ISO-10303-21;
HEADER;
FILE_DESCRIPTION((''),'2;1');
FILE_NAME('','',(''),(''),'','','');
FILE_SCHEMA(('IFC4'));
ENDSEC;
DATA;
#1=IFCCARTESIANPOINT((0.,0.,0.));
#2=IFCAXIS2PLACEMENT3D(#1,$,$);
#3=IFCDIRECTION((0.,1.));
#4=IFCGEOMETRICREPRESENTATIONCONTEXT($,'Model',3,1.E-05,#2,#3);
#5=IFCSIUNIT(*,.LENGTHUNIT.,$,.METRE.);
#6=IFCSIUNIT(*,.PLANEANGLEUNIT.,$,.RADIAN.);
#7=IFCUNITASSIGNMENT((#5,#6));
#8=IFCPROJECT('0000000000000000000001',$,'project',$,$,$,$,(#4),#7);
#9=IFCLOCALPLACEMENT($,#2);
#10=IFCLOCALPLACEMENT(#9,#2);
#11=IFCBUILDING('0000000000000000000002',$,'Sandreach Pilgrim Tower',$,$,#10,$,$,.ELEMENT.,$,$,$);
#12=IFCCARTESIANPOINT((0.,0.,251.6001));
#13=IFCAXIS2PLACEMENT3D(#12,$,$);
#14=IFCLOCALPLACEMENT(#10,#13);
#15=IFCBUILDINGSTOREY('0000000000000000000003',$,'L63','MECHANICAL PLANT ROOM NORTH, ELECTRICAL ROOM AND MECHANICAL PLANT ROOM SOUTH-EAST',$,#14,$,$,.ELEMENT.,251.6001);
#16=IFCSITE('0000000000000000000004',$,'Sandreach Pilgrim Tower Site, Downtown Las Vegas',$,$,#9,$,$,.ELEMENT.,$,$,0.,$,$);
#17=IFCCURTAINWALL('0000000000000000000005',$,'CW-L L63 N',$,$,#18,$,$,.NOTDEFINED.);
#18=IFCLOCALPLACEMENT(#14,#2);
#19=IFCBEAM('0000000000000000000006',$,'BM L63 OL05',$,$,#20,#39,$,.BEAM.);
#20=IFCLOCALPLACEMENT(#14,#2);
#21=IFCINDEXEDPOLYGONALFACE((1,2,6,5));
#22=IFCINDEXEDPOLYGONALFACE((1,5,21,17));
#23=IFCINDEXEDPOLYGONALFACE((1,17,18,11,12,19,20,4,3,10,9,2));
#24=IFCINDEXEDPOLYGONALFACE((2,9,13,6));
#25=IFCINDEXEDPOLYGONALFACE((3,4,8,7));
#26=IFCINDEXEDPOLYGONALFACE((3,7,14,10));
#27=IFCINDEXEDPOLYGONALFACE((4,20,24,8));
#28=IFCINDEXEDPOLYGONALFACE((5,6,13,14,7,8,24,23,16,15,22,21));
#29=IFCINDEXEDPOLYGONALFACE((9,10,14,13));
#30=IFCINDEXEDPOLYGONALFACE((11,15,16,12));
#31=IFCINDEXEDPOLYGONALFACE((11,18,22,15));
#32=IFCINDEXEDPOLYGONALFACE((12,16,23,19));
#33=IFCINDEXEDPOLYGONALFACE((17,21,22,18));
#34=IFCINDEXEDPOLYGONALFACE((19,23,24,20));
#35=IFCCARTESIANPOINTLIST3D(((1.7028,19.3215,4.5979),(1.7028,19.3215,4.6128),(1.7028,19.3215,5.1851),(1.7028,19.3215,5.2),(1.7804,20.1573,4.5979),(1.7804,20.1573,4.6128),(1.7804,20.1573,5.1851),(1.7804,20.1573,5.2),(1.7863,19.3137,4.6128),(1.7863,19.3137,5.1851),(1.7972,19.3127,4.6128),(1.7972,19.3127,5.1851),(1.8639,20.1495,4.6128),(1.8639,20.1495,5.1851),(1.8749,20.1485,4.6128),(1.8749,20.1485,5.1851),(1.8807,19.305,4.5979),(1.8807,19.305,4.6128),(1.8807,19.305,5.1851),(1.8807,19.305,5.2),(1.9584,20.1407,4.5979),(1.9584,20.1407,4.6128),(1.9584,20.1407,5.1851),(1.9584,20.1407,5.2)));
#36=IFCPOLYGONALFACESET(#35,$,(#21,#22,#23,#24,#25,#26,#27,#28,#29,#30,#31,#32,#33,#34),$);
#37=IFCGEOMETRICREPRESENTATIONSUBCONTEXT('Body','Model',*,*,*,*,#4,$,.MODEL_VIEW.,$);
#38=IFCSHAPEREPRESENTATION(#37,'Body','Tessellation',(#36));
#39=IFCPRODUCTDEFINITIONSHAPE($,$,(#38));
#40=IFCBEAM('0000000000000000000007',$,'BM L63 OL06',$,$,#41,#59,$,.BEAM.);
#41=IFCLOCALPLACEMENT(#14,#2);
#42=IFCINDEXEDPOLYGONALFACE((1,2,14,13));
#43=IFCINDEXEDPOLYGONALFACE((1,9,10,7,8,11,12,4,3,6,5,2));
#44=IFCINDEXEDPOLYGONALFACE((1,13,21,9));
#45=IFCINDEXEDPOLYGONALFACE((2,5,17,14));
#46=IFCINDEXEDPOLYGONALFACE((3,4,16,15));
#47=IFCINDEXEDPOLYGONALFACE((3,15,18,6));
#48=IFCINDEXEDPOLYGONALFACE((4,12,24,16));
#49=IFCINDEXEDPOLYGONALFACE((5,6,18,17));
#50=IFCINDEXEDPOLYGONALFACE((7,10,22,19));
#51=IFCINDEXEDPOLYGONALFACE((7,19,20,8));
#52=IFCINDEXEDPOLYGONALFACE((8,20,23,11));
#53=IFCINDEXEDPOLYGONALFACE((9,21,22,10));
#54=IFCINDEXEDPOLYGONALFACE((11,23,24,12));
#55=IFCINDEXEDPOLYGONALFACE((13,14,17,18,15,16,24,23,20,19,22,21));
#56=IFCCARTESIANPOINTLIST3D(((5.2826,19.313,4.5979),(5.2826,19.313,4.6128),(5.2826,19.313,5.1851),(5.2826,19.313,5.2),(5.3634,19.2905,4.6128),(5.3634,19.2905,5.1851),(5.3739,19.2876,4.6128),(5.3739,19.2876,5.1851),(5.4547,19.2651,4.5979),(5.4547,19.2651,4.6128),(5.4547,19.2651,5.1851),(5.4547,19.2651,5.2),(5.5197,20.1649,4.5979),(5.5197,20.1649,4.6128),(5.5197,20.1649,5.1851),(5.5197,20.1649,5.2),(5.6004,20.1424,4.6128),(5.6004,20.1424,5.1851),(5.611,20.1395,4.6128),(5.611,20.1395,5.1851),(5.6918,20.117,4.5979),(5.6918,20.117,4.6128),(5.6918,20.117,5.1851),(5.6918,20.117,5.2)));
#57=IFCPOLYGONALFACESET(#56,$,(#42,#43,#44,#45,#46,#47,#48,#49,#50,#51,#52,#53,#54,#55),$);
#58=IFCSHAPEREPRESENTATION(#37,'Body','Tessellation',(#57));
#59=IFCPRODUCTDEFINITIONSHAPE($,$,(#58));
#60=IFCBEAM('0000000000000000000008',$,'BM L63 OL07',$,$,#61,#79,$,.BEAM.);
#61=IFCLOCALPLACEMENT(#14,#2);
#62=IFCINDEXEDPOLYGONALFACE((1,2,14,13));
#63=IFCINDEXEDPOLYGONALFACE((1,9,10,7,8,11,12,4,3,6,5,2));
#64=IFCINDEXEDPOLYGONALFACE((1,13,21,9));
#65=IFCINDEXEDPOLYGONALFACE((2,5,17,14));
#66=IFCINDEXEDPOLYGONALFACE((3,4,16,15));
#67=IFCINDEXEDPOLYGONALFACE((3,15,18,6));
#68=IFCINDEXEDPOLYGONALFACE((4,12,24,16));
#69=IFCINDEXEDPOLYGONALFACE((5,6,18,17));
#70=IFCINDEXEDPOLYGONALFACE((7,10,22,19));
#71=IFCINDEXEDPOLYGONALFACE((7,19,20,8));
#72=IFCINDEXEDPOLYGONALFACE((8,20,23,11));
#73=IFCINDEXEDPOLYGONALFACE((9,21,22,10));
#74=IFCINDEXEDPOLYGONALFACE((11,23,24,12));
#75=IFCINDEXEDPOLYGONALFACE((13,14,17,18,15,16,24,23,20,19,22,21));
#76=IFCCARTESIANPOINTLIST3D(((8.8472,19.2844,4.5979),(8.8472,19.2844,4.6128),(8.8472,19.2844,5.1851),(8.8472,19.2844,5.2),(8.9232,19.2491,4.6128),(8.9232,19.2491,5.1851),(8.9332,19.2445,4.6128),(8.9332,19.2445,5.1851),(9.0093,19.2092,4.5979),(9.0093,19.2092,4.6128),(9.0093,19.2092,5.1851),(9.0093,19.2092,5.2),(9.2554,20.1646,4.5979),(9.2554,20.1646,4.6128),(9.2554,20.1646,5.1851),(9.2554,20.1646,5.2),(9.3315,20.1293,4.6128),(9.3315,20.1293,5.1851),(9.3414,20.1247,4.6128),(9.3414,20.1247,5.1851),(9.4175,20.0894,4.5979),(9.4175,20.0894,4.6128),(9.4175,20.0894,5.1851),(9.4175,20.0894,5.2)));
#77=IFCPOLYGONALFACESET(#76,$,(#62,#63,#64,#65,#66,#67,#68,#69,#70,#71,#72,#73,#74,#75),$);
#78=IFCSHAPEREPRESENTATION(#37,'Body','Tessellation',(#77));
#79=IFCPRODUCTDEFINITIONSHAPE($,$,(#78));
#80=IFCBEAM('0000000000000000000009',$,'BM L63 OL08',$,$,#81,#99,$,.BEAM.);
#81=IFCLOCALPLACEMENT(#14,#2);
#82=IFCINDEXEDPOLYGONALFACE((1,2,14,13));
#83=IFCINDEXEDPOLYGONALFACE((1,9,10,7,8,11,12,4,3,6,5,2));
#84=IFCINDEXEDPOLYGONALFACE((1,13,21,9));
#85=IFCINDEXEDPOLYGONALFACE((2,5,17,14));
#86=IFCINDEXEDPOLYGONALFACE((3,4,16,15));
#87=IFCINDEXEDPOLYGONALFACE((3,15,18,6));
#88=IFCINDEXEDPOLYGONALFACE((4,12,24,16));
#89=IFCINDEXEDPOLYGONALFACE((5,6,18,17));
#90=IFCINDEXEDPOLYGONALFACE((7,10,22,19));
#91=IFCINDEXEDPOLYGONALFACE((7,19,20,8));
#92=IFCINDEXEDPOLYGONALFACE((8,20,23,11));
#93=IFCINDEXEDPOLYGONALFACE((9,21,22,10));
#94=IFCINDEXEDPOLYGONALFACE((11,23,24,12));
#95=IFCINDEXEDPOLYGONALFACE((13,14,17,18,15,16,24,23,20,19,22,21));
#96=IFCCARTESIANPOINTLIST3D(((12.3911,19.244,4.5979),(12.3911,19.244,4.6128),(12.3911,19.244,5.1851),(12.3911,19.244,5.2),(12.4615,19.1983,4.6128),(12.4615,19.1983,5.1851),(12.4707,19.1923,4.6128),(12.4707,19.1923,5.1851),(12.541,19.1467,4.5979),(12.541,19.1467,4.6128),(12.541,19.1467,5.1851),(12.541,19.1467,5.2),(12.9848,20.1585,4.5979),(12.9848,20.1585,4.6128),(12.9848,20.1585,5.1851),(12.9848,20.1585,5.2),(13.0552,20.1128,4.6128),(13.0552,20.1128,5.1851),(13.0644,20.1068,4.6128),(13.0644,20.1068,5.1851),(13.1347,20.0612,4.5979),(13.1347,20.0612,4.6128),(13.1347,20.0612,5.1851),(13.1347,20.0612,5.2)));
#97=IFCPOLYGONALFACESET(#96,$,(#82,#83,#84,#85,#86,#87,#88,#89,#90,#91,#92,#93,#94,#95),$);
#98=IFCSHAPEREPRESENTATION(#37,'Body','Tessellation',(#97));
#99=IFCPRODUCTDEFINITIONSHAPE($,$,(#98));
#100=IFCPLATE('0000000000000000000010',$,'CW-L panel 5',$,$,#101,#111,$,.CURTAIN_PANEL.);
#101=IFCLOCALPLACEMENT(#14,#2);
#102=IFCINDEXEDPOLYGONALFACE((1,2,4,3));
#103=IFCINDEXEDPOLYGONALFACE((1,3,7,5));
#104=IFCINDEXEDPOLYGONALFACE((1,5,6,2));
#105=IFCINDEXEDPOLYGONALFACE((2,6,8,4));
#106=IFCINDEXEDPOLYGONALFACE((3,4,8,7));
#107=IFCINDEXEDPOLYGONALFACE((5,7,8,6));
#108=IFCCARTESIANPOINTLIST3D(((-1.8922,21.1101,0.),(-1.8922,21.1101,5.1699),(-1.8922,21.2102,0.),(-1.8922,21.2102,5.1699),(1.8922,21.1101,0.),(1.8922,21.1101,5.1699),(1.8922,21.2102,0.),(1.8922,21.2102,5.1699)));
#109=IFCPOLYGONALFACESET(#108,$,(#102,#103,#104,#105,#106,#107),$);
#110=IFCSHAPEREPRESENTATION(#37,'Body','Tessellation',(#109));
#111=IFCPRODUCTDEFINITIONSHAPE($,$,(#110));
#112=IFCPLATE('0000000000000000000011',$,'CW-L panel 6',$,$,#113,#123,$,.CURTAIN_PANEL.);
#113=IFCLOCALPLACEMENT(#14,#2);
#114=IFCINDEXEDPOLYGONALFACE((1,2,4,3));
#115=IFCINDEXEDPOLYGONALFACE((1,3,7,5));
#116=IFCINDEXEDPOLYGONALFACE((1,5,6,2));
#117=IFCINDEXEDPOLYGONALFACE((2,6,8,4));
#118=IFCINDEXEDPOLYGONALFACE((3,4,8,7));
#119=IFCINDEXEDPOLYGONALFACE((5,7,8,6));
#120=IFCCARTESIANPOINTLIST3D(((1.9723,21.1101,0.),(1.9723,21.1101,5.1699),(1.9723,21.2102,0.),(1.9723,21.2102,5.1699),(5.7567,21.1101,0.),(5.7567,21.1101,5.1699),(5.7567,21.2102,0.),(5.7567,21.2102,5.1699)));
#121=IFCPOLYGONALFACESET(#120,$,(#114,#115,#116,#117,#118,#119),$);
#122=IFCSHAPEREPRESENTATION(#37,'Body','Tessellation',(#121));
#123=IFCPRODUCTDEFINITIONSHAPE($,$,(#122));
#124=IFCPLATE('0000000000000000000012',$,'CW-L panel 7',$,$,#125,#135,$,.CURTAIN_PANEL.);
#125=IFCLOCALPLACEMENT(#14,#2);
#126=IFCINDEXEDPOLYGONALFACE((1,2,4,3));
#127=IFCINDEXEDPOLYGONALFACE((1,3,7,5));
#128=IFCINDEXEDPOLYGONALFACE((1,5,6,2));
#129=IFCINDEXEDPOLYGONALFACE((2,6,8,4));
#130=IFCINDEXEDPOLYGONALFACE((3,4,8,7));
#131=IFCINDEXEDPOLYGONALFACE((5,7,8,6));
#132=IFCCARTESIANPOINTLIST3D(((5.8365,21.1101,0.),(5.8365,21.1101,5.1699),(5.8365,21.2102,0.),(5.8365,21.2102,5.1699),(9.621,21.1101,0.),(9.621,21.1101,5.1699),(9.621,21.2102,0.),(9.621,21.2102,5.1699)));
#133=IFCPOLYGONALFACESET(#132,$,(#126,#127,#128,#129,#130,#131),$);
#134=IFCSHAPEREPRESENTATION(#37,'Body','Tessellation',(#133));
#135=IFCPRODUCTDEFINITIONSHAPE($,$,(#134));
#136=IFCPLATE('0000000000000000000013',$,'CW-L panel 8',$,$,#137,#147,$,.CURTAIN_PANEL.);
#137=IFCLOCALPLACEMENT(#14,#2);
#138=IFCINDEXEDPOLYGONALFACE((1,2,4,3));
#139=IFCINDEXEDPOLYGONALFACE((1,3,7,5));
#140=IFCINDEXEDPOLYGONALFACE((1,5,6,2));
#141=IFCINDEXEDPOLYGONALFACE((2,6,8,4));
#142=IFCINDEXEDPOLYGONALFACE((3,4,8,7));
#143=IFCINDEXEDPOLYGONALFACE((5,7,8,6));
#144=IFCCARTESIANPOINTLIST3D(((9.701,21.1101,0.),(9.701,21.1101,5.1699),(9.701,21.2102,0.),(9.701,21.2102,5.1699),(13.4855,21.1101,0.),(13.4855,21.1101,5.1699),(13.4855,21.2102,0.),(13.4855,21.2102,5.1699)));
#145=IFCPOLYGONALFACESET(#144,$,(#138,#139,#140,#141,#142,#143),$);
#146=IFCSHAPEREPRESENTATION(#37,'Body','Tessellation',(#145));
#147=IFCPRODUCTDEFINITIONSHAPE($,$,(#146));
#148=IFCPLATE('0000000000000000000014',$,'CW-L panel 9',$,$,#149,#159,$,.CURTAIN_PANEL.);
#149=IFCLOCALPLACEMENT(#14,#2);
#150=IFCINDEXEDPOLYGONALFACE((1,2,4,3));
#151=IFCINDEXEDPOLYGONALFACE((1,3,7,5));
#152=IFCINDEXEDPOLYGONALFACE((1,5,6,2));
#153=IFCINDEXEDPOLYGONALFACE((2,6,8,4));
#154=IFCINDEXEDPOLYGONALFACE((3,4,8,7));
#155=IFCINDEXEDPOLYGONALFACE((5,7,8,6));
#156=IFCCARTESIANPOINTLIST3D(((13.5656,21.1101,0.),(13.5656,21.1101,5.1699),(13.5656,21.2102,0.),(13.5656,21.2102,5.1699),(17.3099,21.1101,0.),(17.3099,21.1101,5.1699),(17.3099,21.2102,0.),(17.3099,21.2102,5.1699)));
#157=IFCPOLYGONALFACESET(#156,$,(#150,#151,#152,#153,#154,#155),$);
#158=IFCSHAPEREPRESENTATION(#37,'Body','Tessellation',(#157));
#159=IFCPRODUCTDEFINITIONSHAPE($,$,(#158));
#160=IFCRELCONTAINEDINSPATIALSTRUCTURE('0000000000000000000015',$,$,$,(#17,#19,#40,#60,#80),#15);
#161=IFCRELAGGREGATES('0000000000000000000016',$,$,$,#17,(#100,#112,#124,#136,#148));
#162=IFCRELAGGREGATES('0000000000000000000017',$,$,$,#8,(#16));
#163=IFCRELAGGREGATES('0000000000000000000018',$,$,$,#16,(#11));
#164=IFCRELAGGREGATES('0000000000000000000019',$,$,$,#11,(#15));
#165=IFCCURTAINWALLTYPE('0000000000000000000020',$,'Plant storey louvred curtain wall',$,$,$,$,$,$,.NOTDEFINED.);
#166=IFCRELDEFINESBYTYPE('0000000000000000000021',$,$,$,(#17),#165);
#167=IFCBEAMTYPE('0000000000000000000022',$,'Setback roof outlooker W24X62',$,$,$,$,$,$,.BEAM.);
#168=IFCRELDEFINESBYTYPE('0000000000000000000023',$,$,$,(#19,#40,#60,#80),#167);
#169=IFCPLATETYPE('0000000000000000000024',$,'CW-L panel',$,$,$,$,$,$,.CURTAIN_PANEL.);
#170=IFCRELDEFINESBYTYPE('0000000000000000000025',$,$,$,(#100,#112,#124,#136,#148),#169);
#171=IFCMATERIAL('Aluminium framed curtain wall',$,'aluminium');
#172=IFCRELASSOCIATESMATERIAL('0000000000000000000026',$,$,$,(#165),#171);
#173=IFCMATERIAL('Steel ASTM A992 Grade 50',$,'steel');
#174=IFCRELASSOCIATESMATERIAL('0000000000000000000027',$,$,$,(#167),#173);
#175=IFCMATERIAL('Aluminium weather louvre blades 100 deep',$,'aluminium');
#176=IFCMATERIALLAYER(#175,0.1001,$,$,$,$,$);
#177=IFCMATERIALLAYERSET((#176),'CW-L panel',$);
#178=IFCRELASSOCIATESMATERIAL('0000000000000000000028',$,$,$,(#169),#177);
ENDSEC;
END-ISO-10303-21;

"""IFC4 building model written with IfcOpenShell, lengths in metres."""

from ifc_helpers import new_model, si_unit, direction, frame, origin, origin_2d, place, context, subcontext, project, spatial, rectangle, i_section, extrude, material, layer, layer_set, material_profile, profile_set, type_object, element, aggregate, save


model = new_model("IFC4")

# Units and contexts
model_context = context("Model", 3, precision=1e-05, world=origin(), true_north=direction((0.0, 1.0)))
body_context = subcontext(model_context, "Body", "Model", "MODEL_VIEW")
ifc_project = project(units=[si_unit("LENGTHUNIT", "METRE"), si_unit("PLANEANGLEUNIT", "RADIAN")], contexts=[model_context])

# Site, building, storey
site_placement = place(None, origin())
site = spatial("IfcSite", under=ifc_project, at=site_placement, Name="Sandreach Pilgrim Tower Site, Downtown Las Vegas", CompositionType="ELEMENT", RefElevation=0.0)
building_placement = place(site_placement, origin())
building = spatial("IfcBuilding", under=site, at=building_placement, Name="Sandreach Pilgrim Tower", CompositionType="ELEMENT")
storey_placement = place(building_placement, frame((0.0, 0.0, 251.6001)))
storey = spatial("IfcBuildingStorey", under=building, at=storey_placement, Name="L63", Description="MECHANICAL PLANT ROOM NORTH, ELECTRICAL ROOM AND MECHANICAL PLANT ROOM SOUTH-EAST", CompositionType="ELEMENT", Elevation=251.6001)

# Curtain wall
ifc_material_1 = material(Name="Aluminium framed curtain wall", Category="aluminium")
curtain_wall_type = type_object("IfcCurtainWallType", Name="Plant storey louvred curtain wall", PredefinedType="NOTDEFINED", material=ifc_material_1)
curtain_wall_placement = place(storey_placement, origin())
curtain_wall = element("IfcCurtainWall", 1, at=curtain_wall_placement, inside=storey, type_object=curtain_wall_type, Name="CW-L L63 N", PredefinedType="NOTDEFINED")

# Beams
ifc_material_2 = material(Name="Steel ASTM A992 Grade 50", Category="steel")
ifc_material_profile_1 = material_profile(ifc_material_2, i_section(OverallWidth=0.1787, OverallDepth=0.6021, WebThickness=0.011, FlangeThickness=0.0149, at=origin_2d()), Name="W24X62")
ifc_profile_set_1 = profile_set([ifc_material_profile_1], Name="Steel ASTM A992 Grade 50")
beam_type_1 = type_object("IfcBeamType", Name="Setback roof outlooker W24X62", PredefinedType="BEAM", material=ifc_profile_set_1)
beam_1_placement = place(storey_placement, frame((1.7917, 19.3132, 4.8989), z_axis=(0.092503, 0.995712, 0.0), x_axis=(-0.995712, 0.092503, 0.0)))
element("IfcBeam", 2, at=beam_1_placement, inside=storey, type_object=beam_type_1, Name="BM L63 OL05", PredefinedType="BEAM", context=body_context, shape_type="SweptSolid", body=[
    extrude(i_section(OverallWidth=0.1787, OverallDepth=0.6021, WebThickness=0.011, FlangeThickness=0.0149, at=origin_2d()), origin(), (0.0, 0.0, 1.0), 0.8394),
])
beam_2_placement = place(storey_placement, frame((5.3687, 19.2891, 4.8989), z_axis=(0.268114, 0.963387, 0.0), x_axis=(-0.963387, 0.268114, 0.0)))
element("IfcBeam", 3, at=beam_2_placement, inside=storey, type_object=beam_type_1, Name="BM L63 OL06", PredefinedType="BEAM", context=body_context, shape_type="SweptSolid", body=[
    extrude(i_section(OverallWidth=0.1787, OverallDepth=0.6021, WebThickness=0.011, FlangeThickness=0.0149, at=origin_2d()), origin(), (0.0, 0.0, 1.0), 0.8843),
])
beam_3_placement = place(storey_placement, frame((8.9282, 19.2468, 4.8989), z_axis=(0.420749, 0.907177, 0.0), x_axis=(-0.907177, 0.420749, 0.0)))
element("IfcBeam", 4, at=beam_3_placement, inside=storey, type_object=beam_type_1, Name="BM L63 OL07", PredefinedType="BEAM", context=body_context, shape_type="SweptSolid", body=[
    extrude(i_section(OverallWidth=0.1787, OverallDepth=0.6021, WebThickness=0.011, FlangeThickness=0.0149, at=origin_2d()), origin(), (0.0, 0.0, 1.0), 0.9702),
])
beam_4_placement = place(storey_placement, frame((12.4661, 19.1953, 4.8989), z_axis=(0.544532, 0.83874, 0.0), x_axis=(-0.83874, 0.544532, 0.0)))
element("IfcBeam", 5, at=beam_4_placement, inside=storey, type_object=beam_type_1, Name="BM L63 OL08", PredefinedType="BEAM", context=body_context, shape_type="SweptSolid", body=[
    extrude(i_section(OverallWidth=0.1787, OverallDepth=0.6021, WebThickness=0.011, FlangeThickness=0.0149, at=origin_2d()), origin(), (0.0, 0.0, 1.0), 1.0903),
])

# Plates
ifc_material_3 = material(Name="Aluminium weather louvre blades 100 deep", Category="aluminium")
ifc_layer = layer(ifc_material_3, 0.1001)
ifc_layer_set = layer_set([ifc_layer], Name="CW-L panel")
plate_type = type_object("IfcPlateType", Name="CW-L panel", PredefinedType="CURTAIN_PANEL", material=ifc_layer_set)
plate_1_placement = place(storey_placement, frame((0.0, 21.1602, 0.0), z_axis=(0.0, 0.0, 1.0), x_axis=(1.0, 0.0, 0.0)))
plate_1 = element("IfcPlate", 6, at=plate_1_placement, type_object=plate_type, Name="CW-L panel 5", PredefinedType="CURTAIN_PANEL", context=body_context, shape_type="SweptSolid", body=[
    extrude(rectangle(XDim=3.7844, YDim=0.1001, at=origin_2d()), origin(), (0.0, 0.0, 1.0), 5.1699),
])
plate_2_placement = place(storey_placement, frame((3.8645, 21.1602, 0.0), z_axis=(0.0, 0.0, 1.0), x_axis=(1.0, 0.0, 0.0)))
plate_2 = element("IfcPlate", 7, at=plate_2_placement, type_object=plate_type, Name="CW-L panel 6", PredefinedType="CURTAIN_PANEL", context=body_context, shape_type="SweptSolid", body=[
    extrude(rectangle(XDim=3.7844, YDim=0.1001, at=origin_2d()), origin(), (0.0, 0.0, 1.0), 5.1699),
])
plate_3_placement = place(storey_placement, frame((7.7288, 21.1602, 0.0), z_axis=(0.0, 0.0, 1.0), x_axis=(1.0, 0.0, 0.0)))
plate_3 = element("IfcPlate", 8, at=plate_3_placement, type_object=plate_type, Name="CW-L panel 7", PredefinedType="CURTAIN_PANEL", context=body_context, shape_type="SweptSolid", body=[
    extrude(rectangle(XDim=3.7844, YDim=0.1001, at=origin_2d()), origin(), (0.0, 0.0, 1.0), 5.1699),
])
plate_4_placement = place(storey_placement, frame((11.5933, 21.1602, 0.0), z_axis=(0.0, 0.0, 1.0), x_axis=(1.0, 0.0, 0.0)))
plate_4 = element("IfcPlate", 9, at=plate_4_placement, type_object=plate_type, Name="CW-L panel 8", PredefinedType="CURTAIN_PANEL", context=body_context, shape_type="SweptSolid", body=[
    extrude(rectangle(XDim=3.7844, YDim=0.1001, at=origin_2d()), origin(), (0.0, 0.0, 1.0), 5.1699),
])
plate_5_placement = place(storey_placement, frame((15.4377, 21.1602, 0.0), z_axis=(0.0, 0.0, 1.0), x_axis=(1.0, 0.0, 0.0)))
plate_5 = element("IfcPlate", 10, at=plate_5_placement, type_object=plate_type, Name="CW-L panel 9", PredefinedType="CURTAIN_PANEL", context=body_context, shape_type="SweptSolid", body=[
    extrude(rectangle(XDim=3.7444, YDim=0.1001, at=origin_2d()), origin(), (0.0, 0.0, 1.0), 5.1699),
])
aggregate(curtain_wall, [plate_1, plate_2, plate_3, plate_4, plate_5])

save(model, "model.ifc")
